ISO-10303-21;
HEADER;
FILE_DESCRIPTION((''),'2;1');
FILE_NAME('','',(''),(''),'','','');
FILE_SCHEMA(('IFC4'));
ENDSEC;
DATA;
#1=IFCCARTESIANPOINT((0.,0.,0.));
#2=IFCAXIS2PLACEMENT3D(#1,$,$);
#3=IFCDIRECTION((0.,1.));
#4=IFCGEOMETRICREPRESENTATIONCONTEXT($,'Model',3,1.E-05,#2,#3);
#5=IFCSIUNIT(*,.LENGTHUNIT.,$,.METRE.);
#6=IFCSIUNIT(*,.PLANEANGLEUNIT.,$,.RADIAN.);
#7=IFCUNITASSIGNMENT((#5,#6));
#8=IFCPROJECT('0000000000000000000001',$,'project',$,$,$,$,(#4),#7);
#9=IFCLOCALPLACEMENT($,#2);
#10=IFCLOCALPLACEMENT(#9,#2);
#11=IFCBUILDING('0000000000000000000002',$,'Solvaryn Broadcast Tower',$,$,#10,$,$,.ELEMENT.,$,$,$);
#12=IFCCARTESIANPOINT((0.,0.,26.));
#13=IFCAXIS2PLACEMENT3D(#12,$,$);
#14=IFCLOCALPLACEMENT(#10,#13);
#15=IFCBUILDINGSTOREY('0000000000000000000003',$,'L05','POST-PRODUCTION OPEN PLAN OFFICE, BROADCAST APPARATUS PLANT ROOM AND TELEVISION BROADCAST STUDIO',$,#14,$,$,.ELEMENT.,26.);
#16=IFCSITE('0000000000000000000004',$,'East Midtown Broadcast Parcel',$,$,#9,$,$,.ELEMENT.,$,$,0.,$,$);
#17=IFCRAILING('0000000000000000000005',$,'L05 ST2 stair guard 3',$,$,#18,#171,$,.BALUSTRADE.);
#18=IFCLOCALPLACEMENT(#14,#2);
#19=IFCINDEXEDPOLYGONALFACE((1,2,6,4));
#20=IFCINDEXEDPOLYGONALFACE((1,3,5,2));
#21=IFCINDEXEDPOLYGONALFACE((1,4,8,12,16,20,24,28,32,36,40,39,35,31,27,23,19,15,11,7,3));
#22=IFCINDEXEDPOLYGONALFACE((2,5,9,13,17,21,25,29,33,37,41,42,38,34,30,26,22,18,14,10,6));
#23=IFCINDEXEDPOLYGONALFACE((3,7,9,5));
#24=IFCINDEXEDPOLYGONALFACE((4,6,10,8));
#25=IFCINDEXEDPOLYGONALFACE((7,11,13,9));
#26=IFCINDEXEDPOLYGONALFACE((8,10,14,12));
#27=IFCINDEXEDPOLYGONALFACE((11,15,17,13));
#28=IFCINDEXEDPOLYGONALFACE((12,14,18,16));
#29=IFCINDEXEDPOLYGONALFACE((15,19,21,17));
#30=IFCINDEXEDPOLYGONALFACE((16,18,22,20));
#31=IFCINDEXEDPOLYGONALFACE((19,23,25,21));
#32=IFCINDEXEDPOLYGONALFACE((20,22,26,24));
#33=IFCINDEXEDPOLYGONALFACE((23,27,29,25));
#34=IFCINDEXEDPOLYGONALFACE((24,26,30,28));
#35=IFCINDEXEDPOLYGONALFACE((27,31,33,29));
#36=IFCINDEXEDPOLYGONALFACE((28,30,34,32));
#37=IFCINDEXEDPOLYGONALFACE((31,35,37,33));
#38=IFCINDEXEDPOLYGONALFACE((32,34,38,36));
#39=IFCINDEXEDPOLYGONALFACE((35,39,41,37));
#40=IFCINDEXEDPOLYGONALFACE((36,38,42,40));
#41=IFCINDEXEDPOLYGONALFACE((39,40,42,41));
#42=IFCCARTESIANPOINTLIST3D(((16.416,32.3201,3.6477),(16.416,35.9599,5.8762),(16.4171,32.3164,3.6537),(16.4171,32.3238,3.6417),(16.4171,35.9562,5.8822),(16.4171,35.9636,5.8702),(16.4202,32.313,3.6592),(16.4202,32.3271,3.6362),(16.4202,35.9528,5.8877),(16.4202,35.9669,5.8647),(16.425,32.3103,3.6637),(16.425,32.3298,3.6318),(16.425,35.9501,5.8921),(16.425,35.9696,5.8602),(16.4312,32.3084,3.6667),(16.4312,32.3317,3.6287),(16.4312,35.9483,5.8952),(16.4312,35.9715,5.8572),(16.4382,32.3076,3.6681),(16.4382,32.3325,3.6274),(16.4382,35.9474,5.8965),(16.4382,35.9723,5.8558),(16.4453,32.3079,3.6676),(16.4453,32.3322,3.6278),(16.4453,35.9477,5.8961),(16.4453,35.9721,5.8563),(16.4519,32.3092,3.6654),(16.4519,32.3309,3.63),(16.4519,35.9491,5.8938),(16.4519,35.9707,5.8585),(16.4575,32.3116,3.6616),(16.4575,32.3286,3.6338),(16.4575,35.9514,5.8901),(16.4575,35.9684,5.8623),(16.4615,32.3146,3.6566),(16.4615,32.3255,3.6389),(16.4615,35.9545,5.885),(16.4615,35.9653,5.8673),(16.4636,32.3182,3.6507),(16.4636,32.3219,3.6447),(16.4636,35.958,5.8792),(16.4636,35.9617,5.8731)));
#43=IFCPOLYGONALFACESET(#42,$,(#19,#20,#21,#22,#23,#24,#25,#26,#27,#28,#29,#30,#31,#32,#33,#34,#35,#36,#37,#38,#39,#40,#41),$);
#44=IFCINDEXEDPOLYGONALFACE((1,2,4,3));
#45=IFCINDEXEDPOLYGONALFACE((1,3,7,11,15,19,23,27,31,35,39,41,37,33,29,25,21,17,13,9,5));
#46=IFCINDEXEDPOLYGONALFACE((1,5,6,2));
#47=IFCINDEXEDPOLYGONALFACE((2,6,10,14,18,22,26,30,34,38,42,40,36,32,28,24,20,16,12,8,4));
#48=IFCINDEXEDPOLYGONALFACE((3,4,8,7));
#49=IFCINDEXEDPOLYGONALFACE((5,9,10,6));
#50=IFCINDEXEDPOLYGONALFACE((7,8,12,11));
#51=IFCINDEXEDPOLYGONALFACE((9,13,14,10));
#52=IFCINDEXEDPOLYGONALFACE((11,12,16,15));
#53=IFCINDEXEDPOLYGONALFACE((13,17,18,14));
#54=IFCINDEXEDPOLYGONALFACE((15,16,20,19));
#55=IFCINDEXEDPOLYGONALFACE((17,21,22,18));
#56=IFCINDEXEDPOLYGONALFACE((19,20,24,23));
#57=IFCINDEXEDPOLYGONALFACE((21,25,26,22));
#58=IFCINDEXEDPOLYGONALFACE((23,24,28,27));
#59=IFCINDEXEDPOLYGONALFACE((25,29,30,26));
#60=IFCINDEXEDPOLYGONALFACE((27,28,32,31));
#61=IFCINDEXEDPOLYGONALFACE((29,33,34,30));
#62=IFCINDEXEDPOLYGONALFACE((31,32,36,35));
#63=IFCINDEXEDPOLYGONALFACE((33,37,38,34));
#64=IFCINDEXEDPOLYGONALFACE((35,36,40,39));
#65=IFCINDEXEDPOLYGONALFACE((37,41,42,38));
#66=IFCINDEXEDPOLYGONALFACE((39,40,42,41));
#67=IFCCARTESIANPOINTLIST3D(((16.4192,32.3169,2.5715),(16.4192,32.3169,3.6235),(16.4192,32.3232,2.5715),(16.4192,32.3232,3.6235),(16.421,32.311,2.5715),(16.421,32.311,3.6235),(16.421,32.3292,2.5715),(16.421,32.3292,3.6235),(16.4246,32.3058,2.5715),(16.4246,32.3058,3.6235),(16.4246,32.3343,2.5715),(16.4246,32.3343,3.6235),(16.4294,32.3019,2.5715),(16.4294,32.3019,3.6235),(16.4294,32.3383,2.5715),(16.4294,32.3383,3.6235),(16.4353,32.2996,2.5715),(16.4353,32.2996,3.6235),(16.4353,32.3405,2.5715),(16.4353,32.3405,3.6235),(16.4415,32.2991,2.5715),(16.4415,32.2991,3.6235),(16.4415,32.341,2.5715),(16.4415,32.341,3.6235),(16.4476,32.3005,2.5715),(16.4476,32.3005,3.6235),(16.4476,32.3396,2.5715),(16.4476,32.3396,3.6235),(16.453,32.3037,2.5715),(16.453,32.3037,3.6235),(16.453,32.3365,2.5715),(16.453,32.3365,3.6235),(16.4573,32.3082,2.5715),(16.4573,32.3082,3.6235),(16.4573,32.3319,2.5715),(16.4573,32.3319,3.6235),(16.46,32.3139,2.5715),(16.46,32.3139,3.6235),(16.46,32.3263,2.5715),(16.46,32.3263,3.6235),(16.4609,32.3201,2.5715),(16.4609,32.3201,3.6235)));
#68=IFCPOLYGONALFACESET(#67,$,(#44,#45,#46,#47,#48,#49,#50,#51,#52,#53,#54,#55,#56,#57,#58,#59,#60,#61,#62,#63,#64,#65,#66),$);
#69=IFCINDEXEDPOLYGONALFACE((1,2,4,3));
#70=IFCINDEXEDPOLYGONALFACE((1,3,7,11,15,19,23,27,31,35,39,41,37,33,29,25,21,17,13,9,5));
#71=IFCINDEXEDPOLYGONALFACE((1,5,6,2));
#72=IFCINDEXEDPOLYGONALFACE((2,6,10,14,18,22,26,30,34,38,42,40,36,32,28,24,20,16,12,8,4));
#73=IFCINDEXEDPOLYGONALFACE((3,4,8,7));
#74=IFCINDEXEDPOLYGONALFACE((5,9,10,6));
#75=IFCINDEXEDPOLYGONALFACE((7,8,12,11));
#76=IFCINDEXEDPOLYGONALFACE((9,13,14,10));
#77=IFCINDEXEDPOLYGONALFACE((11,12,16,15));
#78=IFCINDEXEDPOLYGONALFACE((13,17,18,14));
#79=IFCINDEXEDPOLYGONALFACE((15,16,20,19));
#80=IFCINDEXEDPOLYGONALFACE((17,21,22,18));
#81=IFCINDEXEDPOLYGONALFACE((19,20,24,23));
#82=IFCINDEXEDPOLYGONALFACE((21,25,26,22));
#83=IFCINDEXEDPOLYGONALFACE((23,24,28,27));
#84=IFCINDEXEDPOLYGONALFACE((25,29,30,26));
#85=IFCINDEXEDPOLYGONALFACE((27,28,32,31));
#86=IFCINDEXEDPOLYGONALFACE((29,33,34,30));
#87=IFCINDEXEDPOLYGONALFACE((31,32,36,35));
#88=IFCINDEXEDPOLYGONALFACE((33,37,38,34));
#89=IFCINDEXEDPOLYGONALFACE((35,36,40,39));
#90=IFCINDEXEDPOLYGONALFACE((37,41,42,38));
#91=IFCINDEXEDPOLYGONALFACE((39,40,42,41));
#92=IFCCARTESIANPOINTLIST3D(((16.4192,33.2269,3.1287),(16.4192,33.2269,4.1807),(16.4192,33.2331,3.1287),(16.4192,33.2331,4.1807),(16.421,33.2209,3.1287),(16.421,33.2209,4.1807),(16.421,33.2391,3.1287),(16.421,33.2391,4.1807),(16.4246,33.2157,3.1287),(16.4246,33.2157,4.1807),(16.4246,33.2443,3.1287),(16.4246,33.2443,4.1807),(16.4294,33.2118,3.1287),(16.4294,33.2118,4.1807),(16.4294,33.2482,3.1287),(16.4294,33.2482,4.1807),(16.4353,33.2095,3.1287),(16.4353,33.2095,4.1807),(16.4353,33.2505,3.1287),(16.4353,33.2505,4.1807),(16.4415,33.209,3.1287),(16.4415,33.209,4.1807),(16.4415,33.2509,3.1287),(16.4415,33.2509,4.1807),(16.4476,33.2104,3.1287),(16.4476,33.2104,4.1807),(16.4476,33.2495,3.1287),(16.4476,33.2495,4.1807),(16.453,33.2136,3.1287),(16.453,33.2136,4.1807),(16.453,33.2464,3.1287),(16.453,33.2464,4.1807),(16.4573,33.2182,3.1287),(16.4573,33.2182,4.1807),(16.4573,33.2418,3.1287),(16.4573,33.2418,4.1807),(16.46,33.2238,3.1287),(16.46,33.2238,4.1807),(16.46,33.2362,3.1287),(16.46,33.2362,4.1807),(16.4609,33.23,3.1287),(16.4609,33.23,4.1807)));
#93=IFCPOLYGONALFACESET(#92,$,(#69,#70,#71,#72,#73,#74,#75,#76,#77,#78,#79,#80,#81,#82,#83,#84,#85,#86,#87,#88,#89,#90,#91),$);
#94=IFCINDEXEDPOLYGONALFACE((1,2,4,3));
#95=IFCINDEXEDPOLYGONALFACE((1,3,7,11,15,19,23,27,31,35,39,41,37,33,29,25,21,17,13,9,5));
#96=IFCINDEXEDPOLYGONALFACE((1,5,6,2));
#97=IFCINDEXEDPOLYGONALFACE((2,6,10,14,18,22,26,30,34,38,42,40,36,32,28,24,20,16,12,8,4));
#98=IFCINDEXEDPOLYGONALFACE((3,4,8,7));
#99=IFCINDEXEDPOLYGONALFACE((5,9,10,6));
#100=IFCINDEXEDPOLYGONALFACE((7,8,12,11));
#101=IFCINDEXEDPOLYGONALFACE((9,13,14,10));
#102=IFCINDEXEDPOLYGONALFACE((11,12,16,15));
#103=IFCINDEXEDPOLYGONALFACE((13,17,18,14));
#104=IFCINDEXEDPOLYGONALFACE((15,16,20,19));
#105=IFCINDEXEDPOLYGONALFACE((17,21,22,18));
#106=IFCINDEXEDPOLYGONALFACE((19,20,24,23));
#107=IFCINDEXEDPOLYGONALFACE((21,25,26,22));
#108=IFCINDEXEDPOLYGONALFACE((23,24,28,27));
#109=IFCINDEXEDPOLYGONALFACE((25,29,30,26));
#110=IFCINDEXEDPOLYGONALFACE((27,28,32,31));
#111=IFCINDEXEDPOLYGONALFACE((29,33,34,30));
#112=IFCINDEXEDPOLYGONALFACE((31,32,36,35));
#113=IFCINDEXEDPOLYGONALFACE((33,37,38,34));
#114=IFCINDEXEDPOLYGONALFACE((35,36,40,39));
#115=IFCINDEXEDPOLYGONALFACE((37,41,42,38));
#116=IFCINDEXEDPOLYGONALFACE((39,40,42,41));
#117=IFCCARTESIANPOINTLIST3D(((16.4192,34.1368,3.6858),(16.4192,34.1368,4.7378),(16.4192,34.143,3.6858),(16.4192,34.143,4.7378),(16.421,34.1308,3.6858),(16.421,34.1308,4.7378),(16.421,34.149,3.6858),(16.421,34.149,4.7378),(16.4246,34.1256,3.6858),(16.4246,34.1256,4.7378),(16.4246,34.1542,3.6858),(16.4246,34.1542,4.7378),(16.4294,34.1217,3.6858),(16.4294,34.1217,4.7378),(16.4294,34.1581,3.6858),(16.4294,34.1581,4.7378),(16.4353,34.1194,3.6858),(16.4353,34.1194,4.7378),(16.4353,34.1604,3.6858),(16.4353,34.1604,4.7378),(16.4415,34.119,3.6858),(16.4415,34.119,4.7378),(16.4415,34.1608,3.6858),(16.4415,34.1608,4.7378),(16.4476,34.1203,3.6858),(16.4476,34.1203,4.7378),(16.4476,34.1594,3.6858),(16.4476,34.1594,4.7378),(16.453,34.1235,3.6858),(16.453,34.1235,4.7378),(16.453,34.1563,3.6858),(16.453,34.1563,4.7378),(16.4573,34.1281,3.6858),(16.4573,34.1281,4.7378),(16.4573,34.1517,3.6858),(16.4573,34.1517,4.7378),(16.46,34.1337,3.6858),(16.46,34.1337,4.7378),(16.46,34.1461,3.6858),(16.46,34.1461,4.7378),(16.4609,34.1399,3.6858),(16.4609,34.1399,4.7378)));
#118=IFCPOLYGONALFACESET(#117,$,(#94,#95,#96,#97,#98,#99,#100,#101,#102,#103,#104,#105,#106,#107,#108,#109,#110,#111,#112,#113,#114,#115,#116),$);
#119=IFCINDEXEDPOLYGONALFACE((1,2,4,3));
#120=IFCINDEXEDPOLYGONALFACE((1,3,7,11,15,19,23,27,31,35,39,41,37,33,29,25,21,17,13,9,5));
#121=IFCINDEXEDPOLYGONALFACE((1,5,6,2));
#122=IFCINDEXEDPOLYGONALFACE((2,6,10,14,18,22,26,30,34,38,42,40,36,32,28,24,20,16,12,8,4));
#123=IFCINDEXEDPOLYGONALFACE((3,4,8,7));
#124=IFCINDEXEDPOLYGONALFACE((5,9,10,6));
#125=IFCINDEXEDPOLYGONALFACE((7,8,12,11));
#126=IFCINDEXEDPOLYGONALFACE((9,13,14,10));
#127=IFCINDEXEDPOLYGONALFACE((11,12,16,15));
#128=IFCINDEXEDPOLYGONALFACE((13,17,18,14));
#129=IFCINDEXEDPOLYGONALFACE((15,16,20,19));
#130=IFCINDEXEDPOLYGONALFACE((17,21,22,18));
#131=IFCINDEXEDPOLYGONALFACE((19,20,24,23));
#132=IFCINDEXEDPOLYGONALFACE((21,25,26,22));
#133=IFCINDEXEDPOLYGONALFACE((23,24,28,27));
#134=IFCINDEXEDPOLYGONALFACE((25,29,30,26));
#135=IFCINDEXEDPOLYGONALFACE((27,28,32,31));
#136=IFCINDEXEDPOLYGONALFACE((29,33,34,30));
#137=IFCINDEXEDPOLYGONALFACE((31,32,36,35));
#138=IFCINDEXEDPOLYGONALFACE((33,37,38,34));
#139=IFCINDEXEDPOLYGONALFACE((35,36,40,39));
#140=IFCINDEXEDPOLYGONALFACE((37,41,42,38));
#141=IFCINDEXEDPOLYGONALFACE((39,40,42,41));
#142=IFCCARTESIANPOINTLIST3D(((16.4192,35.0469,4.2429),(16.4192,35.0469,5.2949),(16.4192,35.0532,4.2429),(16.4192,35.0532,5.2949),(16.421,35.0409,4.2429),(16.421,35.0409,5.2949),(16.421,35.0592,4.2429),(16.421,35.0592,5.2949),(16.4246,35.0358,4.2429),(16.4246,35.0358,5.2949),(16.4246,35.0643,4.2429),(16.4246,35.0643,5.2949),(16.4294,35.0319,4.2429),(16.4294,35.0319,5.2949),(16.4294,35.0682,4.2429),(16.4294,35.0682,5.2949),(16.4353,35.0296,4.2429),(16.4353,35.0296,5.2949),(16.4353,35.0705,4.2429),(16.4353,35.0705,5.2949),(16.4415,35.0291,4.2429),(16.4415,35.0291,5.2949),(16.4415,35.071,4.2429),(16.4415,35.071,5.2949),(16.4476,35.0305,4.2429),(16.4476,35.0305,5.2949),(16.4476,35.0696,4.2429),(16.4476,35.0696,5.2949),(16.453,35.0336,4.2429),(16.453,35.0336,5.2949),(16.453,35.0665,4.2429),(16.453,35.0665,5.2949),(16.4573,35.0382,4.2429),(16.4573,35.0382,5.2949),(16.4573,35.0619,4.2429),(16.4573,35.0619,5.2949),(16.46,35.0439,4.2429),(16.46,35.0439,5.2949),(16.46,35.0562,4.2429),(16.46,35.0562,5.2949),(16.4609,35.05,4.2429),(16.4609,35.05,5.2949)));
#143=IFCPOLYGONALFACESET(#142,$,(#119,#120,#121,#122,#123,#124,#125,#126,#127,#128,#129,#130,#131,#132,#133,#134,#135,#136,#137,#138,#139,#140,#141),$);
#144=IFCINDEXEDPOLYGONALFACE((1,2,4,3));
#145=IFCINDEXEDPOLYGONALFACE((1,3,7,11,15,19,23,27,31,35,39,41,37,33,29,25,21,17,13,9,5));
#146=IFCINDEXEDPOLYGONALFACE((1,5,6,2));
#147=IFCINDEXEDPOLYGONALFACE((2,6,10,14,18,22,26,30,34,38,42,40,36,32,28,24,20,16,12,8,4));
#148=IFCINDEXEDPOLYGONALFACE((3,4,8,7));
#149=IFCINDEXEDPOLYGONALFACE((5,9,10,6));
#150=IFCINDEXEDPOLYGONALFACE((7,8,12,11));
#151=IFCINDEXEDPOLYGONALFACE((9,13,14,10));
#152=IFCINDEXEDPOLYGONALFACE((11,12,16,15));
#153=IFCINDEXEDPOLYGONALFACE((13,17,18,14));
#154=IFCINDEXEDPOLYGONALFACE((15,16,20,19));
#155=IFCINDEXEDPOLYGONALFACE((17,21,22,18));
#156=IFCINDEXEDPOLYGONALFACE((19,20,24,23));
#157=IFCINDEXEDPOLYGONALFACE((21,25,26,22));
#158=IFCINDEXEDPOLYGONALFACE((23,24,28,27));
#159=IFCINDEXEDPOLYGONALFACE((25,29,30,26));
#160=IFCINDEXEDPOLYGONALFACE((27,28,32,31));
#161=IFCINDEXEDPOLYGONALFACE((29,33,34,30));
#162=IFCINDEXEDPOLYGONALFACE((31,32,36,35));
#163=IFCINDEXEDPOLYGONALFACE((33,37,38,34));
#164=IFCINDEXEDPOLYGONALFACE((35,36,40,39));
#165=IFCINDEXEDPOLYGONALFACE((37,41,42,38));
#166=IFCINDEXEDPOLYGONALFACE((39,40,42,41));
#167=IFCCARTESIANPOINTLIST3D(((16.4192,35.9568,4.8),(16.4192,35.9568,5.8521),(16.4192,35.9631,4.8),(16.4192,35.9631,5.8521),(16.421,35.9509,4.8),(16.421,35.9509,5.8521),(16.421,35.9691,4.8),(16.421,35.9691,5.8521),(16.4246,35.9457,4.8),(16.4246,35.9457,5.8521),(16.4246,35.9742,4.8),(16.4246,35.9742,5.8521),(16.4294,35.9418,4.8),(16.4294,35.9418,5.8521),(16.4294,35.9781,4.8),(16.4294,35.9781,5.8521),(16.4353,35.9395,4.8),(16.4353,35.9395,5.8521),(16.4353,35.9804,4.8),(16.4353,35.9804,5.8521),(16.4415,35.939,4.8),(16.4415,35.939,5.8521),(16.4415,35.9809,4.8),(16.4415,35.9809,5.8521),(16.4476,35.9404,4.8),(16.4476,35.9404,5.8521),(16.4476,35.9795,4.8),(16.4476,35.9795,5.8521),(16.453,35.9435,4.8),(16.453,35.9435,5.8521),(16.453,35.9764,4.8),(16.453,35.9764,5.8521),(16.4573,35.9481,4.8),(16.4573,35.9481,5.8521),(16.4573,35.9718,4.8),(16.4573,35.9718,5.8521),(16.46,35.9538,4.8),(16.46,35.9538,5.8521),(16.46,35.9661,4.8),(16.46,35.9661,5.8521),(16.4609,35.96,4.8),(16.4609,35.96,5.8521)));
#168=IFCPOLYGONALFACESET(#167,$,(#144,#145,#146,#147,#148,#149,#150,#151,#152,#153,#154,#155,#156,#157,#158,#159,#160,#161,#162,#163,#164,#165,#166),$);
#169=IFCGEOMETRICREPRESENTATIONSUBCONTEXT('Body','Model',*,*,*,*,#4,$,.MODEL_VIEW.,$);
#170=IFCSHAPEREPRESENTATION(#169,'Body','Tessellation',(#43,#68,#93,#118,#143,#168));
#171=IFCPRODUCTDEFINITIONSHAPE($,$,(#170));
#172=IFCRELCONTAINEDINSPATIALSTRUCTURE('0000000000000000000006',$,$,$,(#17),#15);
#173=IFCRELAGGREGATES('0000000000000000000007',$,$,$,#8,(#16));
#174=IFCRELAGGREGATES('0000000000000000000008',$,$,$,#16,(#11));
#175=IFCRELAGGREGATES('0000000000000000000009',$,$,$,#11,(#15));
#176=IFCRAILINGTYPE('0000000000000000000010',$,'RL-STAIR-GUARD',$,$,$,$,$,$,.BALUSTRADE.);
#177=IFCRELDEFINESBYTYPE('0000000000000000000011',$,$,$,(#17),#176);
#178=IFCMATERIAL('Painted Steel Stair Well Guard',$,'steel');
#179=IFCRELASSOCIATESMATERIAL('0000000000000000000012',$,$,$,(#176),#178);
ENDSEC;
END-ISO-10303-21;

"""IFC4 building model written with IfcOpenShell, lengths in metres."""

from ifc_helpers import new_model, si_unit, direction, frame, origin, origin_2d, place, context, subcontext, project, spatial, circle, extrude, material, type_object, element, save


model = new_model("IFC4")

# Units and contexts
model_context = context("Model", 3, precision=1e-05, world=origin(), true_north=direction((0.0, 1.0)))
body_context = subcontext(model_context, "Body", "Model", "MODEL_VIEW")
ifc_project = project(units=[si_unit("LENGTHUNIT", "METRE"), si_unit("PLANEANGLEUNIT", "RADIAN")], contexts=[model_context])

# Site, building, storey
site_placement = place(None, origin())
site = spatial("IfcSite", under=ifc_project, at=site_placement, Name="East Midtown Broadcast Parcel", CompositionType="ELEMENT", RefElevation=0.0)
building_placement = place(site_placement, origin())
building = spatial("IfcBuilding", under=site, at=building_placement, Name="Solvaryn Broadcast Tower", CompositionType="ELEMENT")
storey_placement = place(building_placement, frame((0.0, 0.0, 26.0)))
storey = spatial("IfcBuildingStorey", under=building, at=storey_placement, Name="L05", Description="POST-PRODUCTION OPEN PLAN OFFICE, BROADCAST APPARATUS PLANT ROOM AND TELEVISION BROADCAST STUDIO", CompositionType="ELEMENT", Elevation=26.0)

# Railing
ifc_material_1 = material(Name="Painted Steel Stair Well Guard", Category="steel")
railing_type_1 = type_object("IfcRailingType", Name="RL-STAIR-GUARD", PredefinedType="BALUSTRADE", material=ifc_material_1)
railing_1_placement = place(storey_placement, frame((16.4399, 32.3201, 2.5715)))
element("IfcRailing", 1, at=railing_1_placement, inside=storey, type_object=railing_type_1, Name="L05 ST2 stair guard 3", PredefinedType="BALUSTRADE", context=body_context, shape_type="SweptSolid", body=[
    extrude(circle(Radius=0.0239, at=origin_2d()), frame((0.0, 0.0, 1.0762), z_axis=(0.0, 0.85285, 0.522156), x_axis=(-1.0, 0.0, 0.0)), (0.0, 0.0, 1.0), 4.2678),
    extrude(circle(Radius=0.021, at=origin_2d()), origin(), (0.0, 0.0, 1.0), 1.052),
    extrude(circle(Radius=0.021, at=origin_2d()), frame((0.0, 0.9099, 0.5571)), (0.0, 0.0, 1.0), 1.052),
    extrude(circle(Radius=0.021, at=origin_2d()), frame((0.0, 1.8198, 1.1143)), (0.0, 0.0, 1.0), 1.052),
    extrude(circle(Radius=0.021, at=origin_2d()), frame((0.0, 2.73, 1.6714)), (0.0, 0.0, 1.0), 1.052),
    extrude(circle(Radius=0.021, at=origin_2d()), frame((0.0, 3.6399, 2.2285)), (0.0, 0.0, 1.0), 1.052),
])

save(model, "model.ifc")
